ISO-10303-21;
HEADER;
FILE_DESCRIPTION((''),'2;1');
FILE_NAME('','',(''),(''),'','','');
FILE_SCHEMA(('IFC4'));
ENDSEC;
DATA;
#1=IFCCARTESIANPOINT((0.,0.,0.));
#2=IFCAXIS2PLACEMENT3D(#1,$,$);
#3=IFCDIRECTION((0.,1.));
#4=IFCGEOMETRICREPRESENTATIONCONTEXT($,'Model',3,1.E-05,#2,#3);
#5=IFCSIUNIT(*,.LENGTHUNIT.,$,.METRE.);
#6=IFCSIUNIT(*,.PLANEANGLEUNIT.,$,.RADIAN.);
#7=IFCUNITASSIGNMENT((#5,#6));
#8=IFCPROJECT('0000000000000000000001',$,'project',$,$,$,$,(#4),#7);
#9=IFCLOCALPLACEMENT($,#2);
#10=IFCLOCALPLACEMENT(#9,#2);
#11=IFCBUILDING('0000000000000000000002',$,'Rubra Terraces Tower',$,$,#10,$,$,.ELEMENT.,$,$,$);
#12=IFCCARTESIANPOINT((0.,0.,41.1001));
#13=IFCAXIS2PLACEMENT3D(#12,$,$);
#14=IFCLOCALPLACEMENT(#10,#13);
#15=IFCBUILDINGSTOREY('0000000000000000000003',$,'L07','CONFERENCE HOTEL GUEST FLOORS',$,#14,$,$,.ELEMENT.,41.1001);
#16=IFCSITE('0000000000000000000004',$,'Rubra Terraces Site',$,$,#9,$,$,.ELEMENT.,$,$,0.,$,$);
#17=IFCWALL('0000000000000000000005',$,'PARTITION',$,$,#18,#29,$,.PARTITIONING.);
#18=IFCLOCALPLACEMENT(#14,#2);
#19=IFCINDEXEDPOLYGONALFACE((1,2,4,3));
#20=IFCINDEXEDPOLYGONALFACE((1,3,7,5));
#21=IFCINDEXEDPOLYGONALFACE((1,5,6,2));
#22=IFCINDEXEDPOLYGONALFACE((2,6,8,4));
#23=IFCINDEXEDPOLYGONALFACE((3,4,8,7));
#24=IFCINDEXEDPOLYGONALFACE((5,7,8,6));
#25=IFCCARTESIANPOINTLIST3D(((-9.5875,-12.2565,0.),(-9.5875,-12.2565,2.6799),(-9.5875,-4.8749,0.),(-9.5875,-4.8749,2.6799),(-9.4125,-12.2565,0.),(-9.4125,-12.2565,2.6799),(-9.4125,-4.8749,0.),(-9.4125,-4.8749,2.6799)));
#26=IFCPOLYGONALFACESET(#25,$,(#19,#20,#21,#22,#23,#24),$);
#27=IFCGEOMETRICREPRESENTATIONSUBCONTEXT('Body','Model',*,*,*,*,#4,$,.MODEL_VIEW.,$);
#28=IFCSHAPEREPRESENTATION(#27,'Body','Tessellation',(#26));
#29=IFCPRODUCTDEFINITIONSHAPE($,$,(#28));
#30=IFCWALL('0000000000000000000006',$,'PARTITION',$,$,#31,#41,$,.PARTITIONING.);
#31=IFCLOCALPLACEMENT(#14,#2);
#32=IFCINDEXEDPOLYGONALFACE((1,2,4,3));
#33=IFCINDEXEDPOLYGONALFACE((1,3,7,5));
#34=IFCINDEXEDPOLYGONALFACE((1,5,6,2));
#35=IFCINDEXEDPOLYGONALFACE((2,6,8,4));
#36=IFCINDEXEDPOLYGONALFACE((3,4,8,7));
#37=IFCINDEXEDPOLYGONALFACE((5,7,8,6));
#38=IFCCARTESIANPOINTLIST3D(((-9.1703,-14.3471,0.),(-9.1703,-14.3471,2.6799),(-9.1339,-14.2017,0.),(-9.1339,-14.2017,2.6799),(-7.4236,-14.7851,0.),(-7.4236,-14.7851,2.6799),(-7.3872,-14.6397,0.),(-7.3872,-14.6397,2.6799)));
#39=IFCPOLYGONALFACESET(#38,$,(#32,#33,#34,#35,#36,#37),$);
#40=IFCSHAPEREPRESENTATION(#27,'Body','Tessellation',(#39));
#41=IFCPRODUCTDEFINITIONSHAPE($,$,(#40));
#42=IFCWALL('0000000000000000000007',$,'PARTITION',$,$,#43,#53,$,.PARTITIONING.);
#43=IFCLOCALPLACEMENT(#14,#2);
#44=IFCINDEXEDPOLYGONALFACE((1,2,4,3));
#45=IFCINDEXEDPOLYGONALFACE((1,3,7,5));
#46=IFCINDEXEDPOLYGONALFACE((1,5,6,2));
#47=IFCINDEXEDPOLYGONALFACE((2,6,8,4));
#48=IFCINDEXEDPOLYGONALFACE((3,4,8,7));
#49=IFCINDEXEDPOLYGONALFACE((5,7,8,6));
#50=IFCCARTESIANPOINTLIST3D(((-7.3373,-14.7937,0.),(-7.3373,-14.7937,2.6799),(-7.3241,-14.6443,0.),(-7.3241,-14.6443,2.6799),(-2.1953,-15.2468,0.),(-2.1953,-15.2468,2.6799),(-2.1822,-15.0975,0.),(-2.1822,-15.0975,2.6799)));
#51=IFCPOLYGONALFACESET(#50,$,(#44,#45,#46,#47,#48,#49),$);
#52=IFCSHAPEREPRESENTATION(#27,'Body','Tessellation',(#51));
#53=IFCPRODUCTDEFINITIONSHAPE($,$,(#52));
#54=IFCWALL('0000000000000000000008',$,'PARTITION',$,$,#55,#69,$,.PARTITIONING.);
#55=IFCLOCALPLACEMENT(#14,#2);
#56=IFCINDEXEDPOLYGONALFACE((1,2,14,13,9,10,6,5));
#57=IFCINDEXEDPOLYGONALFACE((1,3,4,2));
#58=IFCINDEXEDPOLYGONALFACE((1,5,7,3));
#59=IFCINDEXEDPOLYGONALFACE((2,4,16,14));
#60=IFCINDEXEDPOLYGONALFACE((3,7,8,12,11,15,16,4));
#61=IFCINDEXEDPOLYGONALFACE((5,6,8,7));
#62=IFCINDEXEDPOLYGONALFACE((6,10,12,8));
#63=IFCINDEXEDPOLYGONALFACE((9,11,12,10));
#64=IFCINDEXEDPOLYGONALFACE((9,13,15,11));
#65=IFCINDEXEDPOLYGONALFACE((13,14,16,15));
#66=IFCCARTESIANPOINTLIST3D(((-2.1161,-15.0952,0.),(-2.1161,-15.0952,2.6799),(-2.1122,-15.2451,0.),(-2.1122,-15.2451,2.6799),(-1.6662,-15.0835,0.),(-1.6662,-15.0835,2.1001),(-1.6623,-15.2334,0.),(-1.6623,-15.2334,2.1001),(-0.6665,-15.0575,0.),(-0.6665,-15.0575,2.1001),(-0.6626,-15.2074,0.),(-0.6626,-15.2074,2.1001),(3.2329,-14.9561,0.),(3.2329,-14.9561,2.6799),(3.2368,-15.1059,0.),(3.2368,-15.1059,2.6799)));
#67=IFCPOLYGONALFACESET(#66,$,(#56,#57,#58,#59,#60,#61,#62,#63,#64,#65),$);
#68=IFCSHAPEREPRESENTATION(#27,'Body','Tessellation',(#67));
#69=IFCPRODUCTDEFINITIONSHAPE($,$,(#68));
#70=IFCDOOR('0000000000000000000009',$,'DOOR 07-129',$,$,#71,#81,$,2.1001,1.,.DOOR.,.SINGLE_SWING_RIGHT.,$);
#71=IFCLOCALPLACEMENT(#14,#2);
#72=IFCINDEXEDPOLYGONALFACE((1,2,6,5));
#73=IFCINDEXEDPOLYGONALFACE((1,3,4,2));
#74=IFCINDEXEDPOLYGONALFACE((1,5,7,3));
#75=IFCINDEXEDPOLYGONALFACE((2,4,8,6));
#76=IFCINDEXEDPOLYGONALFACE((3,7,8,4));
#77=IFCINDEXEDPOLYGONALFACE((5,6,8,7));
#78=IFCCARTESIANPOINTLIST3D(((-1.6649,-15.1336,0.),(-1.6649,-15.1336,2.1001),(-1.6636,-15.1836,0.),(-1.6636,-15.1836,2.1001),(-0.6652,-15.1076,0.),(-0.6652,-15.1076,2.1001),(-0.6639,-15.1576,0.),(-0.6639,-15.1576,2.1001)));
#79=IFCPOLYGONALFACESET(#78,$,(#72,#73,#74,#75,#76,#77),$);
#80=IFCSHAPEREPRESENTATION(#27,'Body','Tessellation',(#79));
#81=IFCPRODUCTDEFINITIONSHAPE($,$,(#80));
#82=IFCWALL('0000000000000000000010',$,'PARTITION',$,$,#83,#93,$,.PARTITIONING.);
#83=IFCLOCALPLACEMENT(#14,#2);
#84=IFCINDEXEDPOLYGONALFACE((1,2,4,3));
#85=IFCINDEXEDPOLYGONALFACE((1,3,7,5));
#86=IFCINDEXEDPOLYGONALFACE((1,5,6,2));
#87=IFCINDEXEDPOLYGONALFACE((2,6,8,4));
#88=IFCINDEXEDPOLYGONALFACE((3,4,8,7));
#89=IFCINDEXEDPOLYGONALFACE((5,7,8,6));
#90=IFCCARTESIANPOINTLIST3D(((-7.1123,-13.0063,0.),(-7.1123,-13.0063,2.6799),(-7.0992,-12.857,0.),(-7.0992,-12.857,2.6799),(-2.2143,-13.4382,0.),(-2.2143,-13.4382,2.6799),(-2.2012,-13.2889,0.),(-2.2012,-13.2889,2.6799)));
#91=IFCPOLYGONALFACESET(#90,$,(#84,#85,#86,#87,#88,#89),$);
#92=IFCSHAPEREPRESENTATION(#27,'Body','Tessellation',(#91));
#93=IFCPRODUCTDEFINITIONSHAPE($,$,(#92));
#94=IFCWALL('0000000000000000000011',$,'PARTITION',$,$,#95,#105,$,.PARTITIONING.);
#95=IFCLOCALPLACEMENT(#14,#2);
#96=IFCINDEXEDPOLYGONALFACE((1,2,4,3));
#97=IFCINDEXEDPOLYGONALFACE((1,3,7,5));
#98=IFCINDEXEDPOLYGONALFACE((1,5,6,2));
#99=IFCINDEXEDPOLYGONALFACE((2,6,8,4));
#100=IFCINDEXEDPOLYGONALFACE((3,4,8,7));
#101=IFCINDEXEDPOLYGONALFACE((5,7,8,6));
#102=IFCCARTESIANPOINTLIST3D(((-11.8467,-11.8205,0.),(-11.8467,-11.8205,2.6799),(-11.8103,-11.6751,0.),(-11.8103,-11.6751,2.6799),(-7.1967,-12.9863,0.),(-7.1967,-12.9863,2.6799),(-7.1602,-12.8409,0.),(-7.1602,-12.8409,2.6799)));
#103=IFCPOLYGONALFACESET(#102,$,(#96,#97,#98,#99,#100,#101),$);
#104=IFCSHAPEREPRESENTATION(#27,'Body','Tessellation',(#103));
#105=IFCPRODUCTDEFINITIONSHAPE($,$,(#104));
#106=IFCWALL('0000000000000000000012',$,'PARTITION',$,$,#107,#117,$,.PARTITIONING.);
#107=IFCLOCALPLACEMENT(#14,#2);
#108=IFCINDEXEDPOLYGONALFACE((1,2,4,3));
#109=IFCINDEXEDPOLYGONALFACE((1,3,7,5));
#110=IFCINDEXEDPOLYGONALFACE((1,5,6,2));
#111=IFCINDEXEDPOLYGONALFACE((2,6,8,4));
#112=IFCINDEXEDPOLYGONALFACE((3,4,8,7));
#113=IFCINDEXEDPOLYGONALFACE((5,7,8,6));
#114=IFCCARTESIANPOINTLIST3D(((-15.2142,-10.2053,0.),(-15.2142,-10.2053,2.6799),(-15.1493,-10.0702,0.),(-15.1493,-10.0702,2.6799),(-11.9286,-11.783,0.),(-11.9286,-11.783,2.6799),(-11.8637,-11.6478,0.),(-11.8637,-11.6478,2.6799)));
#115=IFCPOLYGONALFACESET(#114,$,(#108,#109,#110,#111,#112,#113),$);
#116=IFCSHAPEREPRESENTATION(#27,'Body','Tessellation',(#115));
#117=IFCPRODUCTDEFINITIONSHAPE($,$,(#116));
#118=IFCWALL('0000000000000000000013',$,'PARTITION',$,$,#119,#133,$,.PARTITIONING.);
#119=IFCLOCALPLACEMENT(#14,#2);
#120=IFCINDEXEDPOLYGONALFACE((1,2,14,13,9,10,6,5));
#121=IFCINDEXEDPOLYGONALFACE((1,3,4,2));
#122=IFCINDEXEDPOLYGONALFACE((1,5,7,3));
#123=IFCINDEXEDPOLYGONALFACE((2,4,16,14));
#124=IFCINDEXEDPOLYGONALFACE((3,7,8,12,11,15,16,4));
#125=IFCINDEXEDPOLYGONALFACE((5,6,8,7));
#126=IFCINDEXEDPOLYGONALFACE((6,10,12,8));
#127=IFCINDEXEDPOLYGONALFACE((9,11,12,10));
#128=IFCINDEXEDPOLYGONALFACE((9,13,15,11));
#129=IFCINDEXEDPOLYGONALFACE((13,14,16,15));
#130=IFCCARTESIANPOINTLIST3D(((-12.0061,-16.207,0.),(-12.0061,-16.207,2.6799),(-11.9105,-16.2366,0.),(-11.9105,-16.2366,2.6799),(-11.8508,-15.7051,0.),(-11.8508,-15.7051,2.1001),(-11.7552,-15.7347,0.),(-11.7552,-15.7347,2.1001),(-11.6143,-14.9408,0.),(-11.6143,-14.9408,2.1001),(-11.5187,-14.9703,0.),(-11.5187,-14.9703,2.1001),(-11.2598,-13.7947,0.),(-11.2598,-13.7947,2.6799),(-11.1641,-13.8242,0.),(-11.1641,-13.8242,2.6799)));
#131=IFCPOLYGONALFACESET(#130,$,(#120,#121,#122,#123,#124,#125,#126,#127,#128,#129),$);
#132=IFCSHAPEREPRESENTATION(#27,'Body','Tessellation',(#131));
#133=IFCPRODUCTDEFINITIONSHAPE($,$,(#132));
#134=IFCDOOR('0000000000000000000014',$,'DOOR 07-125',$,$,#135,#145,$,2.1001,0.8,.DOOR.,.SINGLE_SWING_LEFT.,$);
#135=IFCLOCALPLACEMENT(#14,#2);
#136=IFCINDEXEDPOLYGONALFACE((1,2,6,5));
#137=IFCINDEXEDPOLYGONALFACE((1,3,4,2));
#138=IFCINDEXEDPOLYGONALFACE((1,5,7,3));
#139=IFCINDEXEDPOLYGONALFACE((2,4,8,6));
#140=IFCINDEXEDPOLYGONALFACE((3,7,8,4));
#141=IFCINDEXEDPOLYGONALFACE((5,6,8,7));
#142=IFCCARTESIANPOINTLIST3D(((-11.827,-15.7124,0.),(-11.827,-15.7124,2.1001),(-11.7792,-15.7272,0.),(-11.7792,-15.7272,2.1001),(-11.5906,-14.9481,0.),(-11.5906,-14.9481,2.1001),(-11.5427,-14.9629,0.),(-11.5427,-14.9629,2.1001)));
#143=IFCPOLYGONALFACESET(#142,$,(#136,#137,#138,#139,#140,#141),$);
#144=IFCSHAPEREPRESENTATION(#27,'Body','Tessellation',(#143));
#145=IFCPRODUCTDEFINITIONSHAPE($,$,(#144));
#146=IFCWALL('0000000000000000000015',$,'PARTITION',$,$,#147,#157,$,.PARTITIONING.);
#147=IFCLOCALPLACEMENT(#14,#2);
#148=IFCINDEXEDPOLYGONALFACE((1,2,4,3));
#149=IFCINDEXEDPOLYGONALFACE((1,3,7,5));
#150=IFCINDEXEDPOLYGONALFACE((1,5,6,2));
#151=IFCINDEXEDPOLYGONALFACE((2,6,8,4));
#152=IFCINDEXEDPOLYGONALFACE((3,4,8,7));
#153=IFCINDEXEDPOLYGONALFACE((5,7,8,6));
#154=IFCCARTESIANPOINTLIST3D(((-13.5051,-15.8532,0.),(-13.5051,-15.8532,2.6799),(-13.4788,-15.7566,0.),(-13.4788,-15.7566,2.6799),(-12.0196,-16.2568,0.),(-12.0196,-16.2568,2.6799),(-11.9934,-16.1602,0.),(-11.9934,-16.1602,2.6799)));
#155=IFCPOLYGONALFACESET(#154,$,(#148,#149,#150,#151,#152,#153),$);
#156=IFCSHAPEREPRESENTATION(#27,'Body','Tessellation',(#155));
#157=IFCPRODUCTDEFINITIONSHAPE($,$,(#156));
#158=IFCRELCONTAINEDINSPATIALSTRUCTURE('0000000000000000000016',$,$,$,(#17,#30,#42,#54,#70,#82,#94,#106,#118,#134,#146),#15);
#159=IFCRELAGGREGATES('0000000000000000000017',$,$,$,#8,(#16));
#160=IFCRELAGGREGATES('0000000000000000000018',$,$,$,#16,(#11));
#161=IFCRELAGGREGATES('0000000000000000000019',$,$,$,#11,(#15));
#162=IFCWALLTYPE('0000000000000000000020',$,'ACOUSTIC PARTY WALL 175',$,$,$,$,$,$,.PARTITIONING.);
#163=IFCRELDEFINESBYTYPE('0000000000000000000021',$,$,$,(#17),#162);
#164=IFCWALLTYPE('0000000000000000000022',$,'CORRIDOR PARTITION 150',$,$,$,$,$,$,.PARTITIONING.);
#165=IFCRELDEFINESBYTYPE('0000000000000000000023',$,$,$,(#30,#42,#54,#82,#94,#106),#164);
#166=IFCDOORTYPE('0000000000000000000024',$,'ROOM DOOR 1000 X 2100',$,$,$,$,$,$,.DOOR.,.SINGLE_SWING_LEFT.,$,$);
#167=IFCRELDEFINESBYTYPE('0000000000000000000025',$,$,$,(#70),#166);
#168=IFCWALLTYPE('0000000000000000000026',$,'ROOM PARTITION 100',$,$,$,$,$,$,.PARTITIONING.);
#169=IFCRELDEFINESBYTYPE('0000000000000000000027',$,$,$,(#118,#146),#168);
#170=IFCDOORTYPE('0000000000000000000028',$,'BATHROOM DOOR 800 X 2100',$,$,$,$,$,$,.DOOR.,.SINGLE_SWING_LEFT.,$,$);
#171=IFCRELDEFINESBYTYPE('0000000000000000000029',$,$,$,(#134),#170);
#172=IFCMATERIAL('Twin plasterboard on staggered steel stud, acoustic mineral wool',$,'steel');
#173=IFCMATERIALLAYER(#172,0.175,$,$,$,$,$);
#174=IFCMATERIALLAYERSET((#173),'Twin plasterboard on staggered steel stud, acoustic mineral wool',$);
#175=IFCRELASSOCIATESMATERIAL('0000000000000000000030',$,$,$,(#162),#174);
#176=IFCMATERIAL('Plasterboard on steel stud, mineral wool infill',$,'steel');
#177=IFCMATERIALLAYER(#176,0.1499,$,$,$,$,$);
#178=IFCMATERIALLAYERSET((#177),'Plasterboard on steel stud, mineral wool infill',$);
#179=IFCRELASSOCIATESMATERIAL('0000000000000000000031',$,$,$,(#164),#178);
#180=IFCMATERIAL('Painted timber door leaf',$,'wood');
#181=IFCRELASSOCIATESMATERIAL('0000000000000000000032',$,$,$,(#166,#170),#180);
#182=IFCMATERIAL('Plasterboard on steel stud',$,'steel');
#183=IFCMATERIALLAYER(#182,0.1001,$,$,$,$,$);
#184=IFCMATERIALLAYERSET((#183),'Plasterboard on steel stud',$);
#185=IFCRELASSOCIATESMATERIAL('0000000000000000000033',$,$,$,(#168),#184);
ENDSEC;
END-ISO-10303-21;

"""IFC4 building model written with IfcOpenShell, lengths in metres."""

from ifc_helpers import new_model, si_unit, direction, frame, frame_2d, origin, place, context, subcontext, project, spatial, rectangle, extrude, material, layer, layer_set, type_object, element, fill, save


model = new_model("IFC4")

# Units and contexts
model_context = context("Model", 3, precision=1e-05, world=origin(), true_north=direction((0.0, 1.0)))
body_context = subcontext(model_context, "Body", "Model", "MODEL_VIEW")
ifc_project = project(units=[si_unit("LENGTHUNIT", "METRE"), si_unit("PLANEANGLEUNIT", "RADIAN")], contexts=[model_context])

# Site, building, storey
site_placement = place(None, origin())
site = spatial("IfcSite", under=ifc_project, at=site_placement, Name="Rubra Terraces Site", CompositionType="ELEMENT", RefElevation=0.0)
building_placement = place(site_placement, origin())
building = spatial("IfcBuilding", under=site, at=building_placement, Name="Rubra Terraces Tower", CompositionType="ELEMENT")
storey_placement = place(building_placement, frame((0.0, 0.0, 41.1001)))
storey = spatial("IfcBuildingStorey", under=building, at=storey_placement, Name="L07", Description="CONFERENCE HOTEL GUEST FLOORS", CompositionType="ELEMENT", Elevation=41.1001)

# Wall
ifc_material_1 = material(Name="Twin plasterboard on staggered steel stud, acoustic mineral wool", Category="steel")
ifc_layer_1 = layer(ifc_material_1, 0.175)
ifc_layer_set_1 = layer_set([ifc_layer_1], Name="Twin plasterboard on staggered steel stud, acoustic mineral wool")
wall_type_1 = type_object("IfcWallType", Name="ACOUSTIC PARTY WALL 175", PredefinedType="PARTITIONING", material=ifc_layer_set_1)
wall_1_placement = place(storey_placement, frame((-9.5, -12.2566, 0.0), z_axis=(0.0, 0.0, 1.0), x_axis=(0.0, 1.0, 0.0)))
element("IfcWall", 1, at=wall_1_placement, inside=storey, type_object=wall_type_1, Name="PARTITION", PredefinedType="PARTITIONING", context=body_context, shape_type="SweptSolid", body=[
    extrude(rectangle(XDim=7.3816, YDim=0.175, at=frame_2d((3.6909, 0.0))), origin(), (0.0, 0.0, 1.0), 2.6799),
])

# Shared definitions
ifc_material_2 = material(Name="Plasterboard on steel stud, mineral wool infill", Category="steel")
ifc_layer_2 = layer(ifc_material_2, 0.1499)
ifc_layer_set_2 = layer_set([ifc_layer_2], Name="Plasterboard on steel stud, mineral wool infill")
wall_type_2 = type_object("IfcWallType", Name="CORRIDOR PARTITION 150", PredefinedType="PARTITIONING", material=ifc_layer_set_2)

# Walls
wall_2_placement = place(storey_placement, frame((-9.1521, -14.2744, 0.0), z_axis=(0.0, 0.0, 1.0), x_axis=(0.969967, -0.243237, 0.0)))
element("IfcWall", 2, at=wall_2_placement, inside=storey, type_object=wall_type_2, Name="PARTITION", PredefinedType="PARTITIONING", context=body_context, shape_type="SweptSolid", body=[
    extrude(rectangle(XDim=1.8008, YDim=0.1499, at=frame_2d((0.9004, 0.0))), origin(), (0.0, 0.0, 1.0), 2.6799),
])
wall_3_placement = place(storey_placement, frame((-7.3308, -14.719, 0.0), z_axis=(0.0, 0.0, 1.0), x_axis=(0.996139, -0.087785, 0.0)))
element("IfcWall", 3, at=wall_3_placement, inside=storey, type_object=wall_type_2, Name="PARTITION", PredefinedType="PARTITIONING", context=body_context, shape_type="SweptSolid", body=[
    extrude(rectangle(XDim=5.1619, YDim=0.1499, at=frame_2d((2.5811, 0.0))), origin(), (0.0, 0.0, 1.0), 2.6799),
])

# Wall, opening, door
wall_4_placement = place(storey_placement, frame((-2.114, -15.1702, 0.0), z_axis=(0.0, 0.0, 1.0), x_axis=(0.999662, 0.026007, 0.0)))
wall_4 = element("IfcWall", 4, at=wall_4_placement, inside=storey, type_object=wall_type_2, Name="PARTITION", PredefinedType="PARTITIONING", context=body_context, shape_type="SweptSolid", body=[
    extrude(rectangle(XDim=5.3508, YDim=0.1499, at=frame_2d((2.6753, 0.0))), origin(), (0.0, 0.0, 1.0), 2.6799),
])
opening_1_placement = place(wall_4_placement, frame((0.45, 0.0, 0.0)))
opening_1 = element("IfcOpeningElement", 5, at=opening_1_placement, cuts=wall_4, PredefinedType="OPENING", context=body_context, shape_type="SweptSolid", body=[
    extrude(rectangle(XDim=1.0, YDim=2.1001, at=frame_2d((0.5, 1.05))), frame((0.0, 0.085, 0.0), z_axis=(0.0, -1.0, 0.0), x_axis=(1.0, 0.0, 0.0)), (0.0, 0.0, 1.0), 0.1699),
])
ifc_material_3 = material(Name="Painted timber door leaf", Category="wood")
door_type_1 = type_object("IfcDoorType", Name="ROOM DOOR 1000 X 2100", OperationType="SINGLE_SWING_LEFT", PredefinedType="DOOR", material=ifc_material_3)
door_1_placement = place(opening_1_placement, origin())
door_1 = element("IfcDoor", 6, at=door_1_placement, inside=storey, type_object=door_type_1, Name="DOOR 07-129", OperationType="SINGLE_SWING_RIGHT", OverallHeight=2.1001, OverallWidth=1.0, PredefinedType="DOOR", context=body_context, shape_type="SweptSolid", body=[
    extrude(rectangle(XDim=1.0, YDim=2.1001, at=frame_2d((0.5, 1.05))), frame((0.0, 0.0249, 0.0), z_axis=(0.0, -1.0, 0.0), x_axis=(1.0, 0.0, 0.0)), (0.0, 0.0, 1.0), 0.05),
])
fill(opening_1, door_1)

# Walls
wall_5_placement = place(storey_placement, frame((-2.2078, -13.3635, 0.0), z_axis=(0.0, 0.0, 1.0), x_axis=(-0.996135, 0.087836, 0.0)))
element("IfcWall", 7, at=wall_5_placement, inside=storey, type_object=wall_type_2, Name="PARTITION", PredefinedType="PARTITIONING", context=body_context, shape_type="SweptSolid", body=[
    extrude(rectangle(XDim=4.917, YDim=0.1499, at=frame_2d((2.4585, 0.0))), origin(), (0.0, 0.0, 1.0), 2.6799),
])
wall_6_placement = place(storey_placement, frame((-7.1785, -12.9136, 0.0), z_axis=(0.0, 0.0, 1.0), x_axis=(-0.969984, 0.243171, 0.0)))
element("IfcWall", 8, at=wall_6_placement, inside=storey, type_object=wall_type_2, Name="PARTITION", PredefinedType="PARTITIONING", context=body_context, shape_type="SweptSolid", body=[
    extrude(rectangle(XDim=4.7939, YDim=0.1499, at=frame_2d((2.397, 0.0))), origin(), (0.0, 0.0, 1.0), 2.6799),
])
wall_7_placement = place(storey_placement, frame((-11.8962, -11.7153, 0.0), z_axis=(0.0, 0.0, 1.0), x_axis=(-0.901467, 0.432849, 0.0)))
element("IfcWall", 9, at=wall_7_placement, inside=storey, type_object=wall_type_2, Name="PARTITION", PredefinedType="PARTITIONING", context=body_context, shape_type="SweptSolid", body=[
    extrude(rectangle(XDim=3.6448, YDim=0.1499, at=frame_2d((1.8223, 0.0))), origin(), (0.0, 0.0, 1.0), 2.6799),
])

# Wall, opening, door
ifc_material_4 = material(Name="Plasterboard on steel stud", Category="steel")
ifc_layer_3 = layer(ifc_material_4, 0.1001)
ifc_layer_set_3 = layer_set([ifc_layer_3], Name="Plasterboard on steel stud")
wall_type_3 = type_object("IfcWallType", Name="ROOM PARTITION 100", PredefinedType="PARTITIONING", material=ifc_layer_set_3)
wall_8_placement = place(storey_placement, frame((-11.2119, -13.8093, 0.0), z_axis=(0.0, 0.0, 1.0), x_axis=(-0.29556, -0.955324, 0.0)))
wall_8 = element("IfcWall", 10, at=wall_8_placement, inside=storey, type_object=wall_type_3, Name="PARTITION", PredefinedType="PARTITIONING", context=body_context, shape_type="SweptSolid", body=[
    extrude(rectangle(XDim=2.5251, YDim=0.1001, at=frame_2d((1.2627, 0.0))), origin(), (0.0, 0.0, 1.0), 2.6799),
])
opening_2_placement = place(wall_8_placement, frame((1.2, 0.0, 0.0)))
opening_2 = element("IfcOpeningElement", 11, at=opening_2_placement, cuts=wall_8, PredefinedType="OPENING", context=body_context, shape_type="SweptSolid", body=[
    extrude(rectangle(XDim=0.8, YDim=2.1001, at=frame_2d((0.3999, 1.05))), frame((0.0, 0.0601, 0.0), z_axis=(0.0, -1.0, 0.0), x_axis=(1.0, 0.0, 0.0)), (0.0, 0.0, 1.0), 0.1201),
])
door_type_2 = type_object("IfcDoorType", Name="BATHROOM DOOR 800 X 2100", OperationType="SINGLE_SWING_LEFT", PredefinedType="DOOR", material=ifc_material_3)
door_2_placement = place(opening_2_placement, origin())
door_2 = element("IfcDoor", 12, at=door_2_placement, inside=storey, type_object=door_type_2, Name="DOOR 07-125", OperationType="SINGLE_SWING_LEFT", OverallHeight=2.1001, OverallWidth=0.8, PredefinedType="DOOR", context=body_context, shape_type="SweptSolid", body=[
    extrude(rectangle(XDim=0.8, YDim=2.1001, at=frame_2d((0.3999, 1.05))), frame((0.0, 0.0249, 0.0), z_axis=(0.0, -1.0, 0.0), x_axis=(1.0, 0.0, 0.0)), (0.0, 0.0, 1.0), 0.05),
])
fill(opening_2, door_2)

# Wall
wall_9_placement = place(storey_placement, frame((-12.0066, -16.2085, 0.0), z_axis=(0.0, 0.0, 1.0), x_axis=(-0.965016, 0.262191, 0.0)))
element("IfcWall", 13, at=wall_9_placement, inside=storey, type_object=wall_type_3, Name="PARTITION", PredefinedType="PARTITIONING", context=body_context, shape_type="SweptSolid", body=[
    extrude(rectangle(XDim=1.5393, YDim=0.1001, at=frame_2d((0.7695, 0.0))), origin(), (0.0, 0.0, 1.0), 2.6799),
])

save(model, "model.ifc")
